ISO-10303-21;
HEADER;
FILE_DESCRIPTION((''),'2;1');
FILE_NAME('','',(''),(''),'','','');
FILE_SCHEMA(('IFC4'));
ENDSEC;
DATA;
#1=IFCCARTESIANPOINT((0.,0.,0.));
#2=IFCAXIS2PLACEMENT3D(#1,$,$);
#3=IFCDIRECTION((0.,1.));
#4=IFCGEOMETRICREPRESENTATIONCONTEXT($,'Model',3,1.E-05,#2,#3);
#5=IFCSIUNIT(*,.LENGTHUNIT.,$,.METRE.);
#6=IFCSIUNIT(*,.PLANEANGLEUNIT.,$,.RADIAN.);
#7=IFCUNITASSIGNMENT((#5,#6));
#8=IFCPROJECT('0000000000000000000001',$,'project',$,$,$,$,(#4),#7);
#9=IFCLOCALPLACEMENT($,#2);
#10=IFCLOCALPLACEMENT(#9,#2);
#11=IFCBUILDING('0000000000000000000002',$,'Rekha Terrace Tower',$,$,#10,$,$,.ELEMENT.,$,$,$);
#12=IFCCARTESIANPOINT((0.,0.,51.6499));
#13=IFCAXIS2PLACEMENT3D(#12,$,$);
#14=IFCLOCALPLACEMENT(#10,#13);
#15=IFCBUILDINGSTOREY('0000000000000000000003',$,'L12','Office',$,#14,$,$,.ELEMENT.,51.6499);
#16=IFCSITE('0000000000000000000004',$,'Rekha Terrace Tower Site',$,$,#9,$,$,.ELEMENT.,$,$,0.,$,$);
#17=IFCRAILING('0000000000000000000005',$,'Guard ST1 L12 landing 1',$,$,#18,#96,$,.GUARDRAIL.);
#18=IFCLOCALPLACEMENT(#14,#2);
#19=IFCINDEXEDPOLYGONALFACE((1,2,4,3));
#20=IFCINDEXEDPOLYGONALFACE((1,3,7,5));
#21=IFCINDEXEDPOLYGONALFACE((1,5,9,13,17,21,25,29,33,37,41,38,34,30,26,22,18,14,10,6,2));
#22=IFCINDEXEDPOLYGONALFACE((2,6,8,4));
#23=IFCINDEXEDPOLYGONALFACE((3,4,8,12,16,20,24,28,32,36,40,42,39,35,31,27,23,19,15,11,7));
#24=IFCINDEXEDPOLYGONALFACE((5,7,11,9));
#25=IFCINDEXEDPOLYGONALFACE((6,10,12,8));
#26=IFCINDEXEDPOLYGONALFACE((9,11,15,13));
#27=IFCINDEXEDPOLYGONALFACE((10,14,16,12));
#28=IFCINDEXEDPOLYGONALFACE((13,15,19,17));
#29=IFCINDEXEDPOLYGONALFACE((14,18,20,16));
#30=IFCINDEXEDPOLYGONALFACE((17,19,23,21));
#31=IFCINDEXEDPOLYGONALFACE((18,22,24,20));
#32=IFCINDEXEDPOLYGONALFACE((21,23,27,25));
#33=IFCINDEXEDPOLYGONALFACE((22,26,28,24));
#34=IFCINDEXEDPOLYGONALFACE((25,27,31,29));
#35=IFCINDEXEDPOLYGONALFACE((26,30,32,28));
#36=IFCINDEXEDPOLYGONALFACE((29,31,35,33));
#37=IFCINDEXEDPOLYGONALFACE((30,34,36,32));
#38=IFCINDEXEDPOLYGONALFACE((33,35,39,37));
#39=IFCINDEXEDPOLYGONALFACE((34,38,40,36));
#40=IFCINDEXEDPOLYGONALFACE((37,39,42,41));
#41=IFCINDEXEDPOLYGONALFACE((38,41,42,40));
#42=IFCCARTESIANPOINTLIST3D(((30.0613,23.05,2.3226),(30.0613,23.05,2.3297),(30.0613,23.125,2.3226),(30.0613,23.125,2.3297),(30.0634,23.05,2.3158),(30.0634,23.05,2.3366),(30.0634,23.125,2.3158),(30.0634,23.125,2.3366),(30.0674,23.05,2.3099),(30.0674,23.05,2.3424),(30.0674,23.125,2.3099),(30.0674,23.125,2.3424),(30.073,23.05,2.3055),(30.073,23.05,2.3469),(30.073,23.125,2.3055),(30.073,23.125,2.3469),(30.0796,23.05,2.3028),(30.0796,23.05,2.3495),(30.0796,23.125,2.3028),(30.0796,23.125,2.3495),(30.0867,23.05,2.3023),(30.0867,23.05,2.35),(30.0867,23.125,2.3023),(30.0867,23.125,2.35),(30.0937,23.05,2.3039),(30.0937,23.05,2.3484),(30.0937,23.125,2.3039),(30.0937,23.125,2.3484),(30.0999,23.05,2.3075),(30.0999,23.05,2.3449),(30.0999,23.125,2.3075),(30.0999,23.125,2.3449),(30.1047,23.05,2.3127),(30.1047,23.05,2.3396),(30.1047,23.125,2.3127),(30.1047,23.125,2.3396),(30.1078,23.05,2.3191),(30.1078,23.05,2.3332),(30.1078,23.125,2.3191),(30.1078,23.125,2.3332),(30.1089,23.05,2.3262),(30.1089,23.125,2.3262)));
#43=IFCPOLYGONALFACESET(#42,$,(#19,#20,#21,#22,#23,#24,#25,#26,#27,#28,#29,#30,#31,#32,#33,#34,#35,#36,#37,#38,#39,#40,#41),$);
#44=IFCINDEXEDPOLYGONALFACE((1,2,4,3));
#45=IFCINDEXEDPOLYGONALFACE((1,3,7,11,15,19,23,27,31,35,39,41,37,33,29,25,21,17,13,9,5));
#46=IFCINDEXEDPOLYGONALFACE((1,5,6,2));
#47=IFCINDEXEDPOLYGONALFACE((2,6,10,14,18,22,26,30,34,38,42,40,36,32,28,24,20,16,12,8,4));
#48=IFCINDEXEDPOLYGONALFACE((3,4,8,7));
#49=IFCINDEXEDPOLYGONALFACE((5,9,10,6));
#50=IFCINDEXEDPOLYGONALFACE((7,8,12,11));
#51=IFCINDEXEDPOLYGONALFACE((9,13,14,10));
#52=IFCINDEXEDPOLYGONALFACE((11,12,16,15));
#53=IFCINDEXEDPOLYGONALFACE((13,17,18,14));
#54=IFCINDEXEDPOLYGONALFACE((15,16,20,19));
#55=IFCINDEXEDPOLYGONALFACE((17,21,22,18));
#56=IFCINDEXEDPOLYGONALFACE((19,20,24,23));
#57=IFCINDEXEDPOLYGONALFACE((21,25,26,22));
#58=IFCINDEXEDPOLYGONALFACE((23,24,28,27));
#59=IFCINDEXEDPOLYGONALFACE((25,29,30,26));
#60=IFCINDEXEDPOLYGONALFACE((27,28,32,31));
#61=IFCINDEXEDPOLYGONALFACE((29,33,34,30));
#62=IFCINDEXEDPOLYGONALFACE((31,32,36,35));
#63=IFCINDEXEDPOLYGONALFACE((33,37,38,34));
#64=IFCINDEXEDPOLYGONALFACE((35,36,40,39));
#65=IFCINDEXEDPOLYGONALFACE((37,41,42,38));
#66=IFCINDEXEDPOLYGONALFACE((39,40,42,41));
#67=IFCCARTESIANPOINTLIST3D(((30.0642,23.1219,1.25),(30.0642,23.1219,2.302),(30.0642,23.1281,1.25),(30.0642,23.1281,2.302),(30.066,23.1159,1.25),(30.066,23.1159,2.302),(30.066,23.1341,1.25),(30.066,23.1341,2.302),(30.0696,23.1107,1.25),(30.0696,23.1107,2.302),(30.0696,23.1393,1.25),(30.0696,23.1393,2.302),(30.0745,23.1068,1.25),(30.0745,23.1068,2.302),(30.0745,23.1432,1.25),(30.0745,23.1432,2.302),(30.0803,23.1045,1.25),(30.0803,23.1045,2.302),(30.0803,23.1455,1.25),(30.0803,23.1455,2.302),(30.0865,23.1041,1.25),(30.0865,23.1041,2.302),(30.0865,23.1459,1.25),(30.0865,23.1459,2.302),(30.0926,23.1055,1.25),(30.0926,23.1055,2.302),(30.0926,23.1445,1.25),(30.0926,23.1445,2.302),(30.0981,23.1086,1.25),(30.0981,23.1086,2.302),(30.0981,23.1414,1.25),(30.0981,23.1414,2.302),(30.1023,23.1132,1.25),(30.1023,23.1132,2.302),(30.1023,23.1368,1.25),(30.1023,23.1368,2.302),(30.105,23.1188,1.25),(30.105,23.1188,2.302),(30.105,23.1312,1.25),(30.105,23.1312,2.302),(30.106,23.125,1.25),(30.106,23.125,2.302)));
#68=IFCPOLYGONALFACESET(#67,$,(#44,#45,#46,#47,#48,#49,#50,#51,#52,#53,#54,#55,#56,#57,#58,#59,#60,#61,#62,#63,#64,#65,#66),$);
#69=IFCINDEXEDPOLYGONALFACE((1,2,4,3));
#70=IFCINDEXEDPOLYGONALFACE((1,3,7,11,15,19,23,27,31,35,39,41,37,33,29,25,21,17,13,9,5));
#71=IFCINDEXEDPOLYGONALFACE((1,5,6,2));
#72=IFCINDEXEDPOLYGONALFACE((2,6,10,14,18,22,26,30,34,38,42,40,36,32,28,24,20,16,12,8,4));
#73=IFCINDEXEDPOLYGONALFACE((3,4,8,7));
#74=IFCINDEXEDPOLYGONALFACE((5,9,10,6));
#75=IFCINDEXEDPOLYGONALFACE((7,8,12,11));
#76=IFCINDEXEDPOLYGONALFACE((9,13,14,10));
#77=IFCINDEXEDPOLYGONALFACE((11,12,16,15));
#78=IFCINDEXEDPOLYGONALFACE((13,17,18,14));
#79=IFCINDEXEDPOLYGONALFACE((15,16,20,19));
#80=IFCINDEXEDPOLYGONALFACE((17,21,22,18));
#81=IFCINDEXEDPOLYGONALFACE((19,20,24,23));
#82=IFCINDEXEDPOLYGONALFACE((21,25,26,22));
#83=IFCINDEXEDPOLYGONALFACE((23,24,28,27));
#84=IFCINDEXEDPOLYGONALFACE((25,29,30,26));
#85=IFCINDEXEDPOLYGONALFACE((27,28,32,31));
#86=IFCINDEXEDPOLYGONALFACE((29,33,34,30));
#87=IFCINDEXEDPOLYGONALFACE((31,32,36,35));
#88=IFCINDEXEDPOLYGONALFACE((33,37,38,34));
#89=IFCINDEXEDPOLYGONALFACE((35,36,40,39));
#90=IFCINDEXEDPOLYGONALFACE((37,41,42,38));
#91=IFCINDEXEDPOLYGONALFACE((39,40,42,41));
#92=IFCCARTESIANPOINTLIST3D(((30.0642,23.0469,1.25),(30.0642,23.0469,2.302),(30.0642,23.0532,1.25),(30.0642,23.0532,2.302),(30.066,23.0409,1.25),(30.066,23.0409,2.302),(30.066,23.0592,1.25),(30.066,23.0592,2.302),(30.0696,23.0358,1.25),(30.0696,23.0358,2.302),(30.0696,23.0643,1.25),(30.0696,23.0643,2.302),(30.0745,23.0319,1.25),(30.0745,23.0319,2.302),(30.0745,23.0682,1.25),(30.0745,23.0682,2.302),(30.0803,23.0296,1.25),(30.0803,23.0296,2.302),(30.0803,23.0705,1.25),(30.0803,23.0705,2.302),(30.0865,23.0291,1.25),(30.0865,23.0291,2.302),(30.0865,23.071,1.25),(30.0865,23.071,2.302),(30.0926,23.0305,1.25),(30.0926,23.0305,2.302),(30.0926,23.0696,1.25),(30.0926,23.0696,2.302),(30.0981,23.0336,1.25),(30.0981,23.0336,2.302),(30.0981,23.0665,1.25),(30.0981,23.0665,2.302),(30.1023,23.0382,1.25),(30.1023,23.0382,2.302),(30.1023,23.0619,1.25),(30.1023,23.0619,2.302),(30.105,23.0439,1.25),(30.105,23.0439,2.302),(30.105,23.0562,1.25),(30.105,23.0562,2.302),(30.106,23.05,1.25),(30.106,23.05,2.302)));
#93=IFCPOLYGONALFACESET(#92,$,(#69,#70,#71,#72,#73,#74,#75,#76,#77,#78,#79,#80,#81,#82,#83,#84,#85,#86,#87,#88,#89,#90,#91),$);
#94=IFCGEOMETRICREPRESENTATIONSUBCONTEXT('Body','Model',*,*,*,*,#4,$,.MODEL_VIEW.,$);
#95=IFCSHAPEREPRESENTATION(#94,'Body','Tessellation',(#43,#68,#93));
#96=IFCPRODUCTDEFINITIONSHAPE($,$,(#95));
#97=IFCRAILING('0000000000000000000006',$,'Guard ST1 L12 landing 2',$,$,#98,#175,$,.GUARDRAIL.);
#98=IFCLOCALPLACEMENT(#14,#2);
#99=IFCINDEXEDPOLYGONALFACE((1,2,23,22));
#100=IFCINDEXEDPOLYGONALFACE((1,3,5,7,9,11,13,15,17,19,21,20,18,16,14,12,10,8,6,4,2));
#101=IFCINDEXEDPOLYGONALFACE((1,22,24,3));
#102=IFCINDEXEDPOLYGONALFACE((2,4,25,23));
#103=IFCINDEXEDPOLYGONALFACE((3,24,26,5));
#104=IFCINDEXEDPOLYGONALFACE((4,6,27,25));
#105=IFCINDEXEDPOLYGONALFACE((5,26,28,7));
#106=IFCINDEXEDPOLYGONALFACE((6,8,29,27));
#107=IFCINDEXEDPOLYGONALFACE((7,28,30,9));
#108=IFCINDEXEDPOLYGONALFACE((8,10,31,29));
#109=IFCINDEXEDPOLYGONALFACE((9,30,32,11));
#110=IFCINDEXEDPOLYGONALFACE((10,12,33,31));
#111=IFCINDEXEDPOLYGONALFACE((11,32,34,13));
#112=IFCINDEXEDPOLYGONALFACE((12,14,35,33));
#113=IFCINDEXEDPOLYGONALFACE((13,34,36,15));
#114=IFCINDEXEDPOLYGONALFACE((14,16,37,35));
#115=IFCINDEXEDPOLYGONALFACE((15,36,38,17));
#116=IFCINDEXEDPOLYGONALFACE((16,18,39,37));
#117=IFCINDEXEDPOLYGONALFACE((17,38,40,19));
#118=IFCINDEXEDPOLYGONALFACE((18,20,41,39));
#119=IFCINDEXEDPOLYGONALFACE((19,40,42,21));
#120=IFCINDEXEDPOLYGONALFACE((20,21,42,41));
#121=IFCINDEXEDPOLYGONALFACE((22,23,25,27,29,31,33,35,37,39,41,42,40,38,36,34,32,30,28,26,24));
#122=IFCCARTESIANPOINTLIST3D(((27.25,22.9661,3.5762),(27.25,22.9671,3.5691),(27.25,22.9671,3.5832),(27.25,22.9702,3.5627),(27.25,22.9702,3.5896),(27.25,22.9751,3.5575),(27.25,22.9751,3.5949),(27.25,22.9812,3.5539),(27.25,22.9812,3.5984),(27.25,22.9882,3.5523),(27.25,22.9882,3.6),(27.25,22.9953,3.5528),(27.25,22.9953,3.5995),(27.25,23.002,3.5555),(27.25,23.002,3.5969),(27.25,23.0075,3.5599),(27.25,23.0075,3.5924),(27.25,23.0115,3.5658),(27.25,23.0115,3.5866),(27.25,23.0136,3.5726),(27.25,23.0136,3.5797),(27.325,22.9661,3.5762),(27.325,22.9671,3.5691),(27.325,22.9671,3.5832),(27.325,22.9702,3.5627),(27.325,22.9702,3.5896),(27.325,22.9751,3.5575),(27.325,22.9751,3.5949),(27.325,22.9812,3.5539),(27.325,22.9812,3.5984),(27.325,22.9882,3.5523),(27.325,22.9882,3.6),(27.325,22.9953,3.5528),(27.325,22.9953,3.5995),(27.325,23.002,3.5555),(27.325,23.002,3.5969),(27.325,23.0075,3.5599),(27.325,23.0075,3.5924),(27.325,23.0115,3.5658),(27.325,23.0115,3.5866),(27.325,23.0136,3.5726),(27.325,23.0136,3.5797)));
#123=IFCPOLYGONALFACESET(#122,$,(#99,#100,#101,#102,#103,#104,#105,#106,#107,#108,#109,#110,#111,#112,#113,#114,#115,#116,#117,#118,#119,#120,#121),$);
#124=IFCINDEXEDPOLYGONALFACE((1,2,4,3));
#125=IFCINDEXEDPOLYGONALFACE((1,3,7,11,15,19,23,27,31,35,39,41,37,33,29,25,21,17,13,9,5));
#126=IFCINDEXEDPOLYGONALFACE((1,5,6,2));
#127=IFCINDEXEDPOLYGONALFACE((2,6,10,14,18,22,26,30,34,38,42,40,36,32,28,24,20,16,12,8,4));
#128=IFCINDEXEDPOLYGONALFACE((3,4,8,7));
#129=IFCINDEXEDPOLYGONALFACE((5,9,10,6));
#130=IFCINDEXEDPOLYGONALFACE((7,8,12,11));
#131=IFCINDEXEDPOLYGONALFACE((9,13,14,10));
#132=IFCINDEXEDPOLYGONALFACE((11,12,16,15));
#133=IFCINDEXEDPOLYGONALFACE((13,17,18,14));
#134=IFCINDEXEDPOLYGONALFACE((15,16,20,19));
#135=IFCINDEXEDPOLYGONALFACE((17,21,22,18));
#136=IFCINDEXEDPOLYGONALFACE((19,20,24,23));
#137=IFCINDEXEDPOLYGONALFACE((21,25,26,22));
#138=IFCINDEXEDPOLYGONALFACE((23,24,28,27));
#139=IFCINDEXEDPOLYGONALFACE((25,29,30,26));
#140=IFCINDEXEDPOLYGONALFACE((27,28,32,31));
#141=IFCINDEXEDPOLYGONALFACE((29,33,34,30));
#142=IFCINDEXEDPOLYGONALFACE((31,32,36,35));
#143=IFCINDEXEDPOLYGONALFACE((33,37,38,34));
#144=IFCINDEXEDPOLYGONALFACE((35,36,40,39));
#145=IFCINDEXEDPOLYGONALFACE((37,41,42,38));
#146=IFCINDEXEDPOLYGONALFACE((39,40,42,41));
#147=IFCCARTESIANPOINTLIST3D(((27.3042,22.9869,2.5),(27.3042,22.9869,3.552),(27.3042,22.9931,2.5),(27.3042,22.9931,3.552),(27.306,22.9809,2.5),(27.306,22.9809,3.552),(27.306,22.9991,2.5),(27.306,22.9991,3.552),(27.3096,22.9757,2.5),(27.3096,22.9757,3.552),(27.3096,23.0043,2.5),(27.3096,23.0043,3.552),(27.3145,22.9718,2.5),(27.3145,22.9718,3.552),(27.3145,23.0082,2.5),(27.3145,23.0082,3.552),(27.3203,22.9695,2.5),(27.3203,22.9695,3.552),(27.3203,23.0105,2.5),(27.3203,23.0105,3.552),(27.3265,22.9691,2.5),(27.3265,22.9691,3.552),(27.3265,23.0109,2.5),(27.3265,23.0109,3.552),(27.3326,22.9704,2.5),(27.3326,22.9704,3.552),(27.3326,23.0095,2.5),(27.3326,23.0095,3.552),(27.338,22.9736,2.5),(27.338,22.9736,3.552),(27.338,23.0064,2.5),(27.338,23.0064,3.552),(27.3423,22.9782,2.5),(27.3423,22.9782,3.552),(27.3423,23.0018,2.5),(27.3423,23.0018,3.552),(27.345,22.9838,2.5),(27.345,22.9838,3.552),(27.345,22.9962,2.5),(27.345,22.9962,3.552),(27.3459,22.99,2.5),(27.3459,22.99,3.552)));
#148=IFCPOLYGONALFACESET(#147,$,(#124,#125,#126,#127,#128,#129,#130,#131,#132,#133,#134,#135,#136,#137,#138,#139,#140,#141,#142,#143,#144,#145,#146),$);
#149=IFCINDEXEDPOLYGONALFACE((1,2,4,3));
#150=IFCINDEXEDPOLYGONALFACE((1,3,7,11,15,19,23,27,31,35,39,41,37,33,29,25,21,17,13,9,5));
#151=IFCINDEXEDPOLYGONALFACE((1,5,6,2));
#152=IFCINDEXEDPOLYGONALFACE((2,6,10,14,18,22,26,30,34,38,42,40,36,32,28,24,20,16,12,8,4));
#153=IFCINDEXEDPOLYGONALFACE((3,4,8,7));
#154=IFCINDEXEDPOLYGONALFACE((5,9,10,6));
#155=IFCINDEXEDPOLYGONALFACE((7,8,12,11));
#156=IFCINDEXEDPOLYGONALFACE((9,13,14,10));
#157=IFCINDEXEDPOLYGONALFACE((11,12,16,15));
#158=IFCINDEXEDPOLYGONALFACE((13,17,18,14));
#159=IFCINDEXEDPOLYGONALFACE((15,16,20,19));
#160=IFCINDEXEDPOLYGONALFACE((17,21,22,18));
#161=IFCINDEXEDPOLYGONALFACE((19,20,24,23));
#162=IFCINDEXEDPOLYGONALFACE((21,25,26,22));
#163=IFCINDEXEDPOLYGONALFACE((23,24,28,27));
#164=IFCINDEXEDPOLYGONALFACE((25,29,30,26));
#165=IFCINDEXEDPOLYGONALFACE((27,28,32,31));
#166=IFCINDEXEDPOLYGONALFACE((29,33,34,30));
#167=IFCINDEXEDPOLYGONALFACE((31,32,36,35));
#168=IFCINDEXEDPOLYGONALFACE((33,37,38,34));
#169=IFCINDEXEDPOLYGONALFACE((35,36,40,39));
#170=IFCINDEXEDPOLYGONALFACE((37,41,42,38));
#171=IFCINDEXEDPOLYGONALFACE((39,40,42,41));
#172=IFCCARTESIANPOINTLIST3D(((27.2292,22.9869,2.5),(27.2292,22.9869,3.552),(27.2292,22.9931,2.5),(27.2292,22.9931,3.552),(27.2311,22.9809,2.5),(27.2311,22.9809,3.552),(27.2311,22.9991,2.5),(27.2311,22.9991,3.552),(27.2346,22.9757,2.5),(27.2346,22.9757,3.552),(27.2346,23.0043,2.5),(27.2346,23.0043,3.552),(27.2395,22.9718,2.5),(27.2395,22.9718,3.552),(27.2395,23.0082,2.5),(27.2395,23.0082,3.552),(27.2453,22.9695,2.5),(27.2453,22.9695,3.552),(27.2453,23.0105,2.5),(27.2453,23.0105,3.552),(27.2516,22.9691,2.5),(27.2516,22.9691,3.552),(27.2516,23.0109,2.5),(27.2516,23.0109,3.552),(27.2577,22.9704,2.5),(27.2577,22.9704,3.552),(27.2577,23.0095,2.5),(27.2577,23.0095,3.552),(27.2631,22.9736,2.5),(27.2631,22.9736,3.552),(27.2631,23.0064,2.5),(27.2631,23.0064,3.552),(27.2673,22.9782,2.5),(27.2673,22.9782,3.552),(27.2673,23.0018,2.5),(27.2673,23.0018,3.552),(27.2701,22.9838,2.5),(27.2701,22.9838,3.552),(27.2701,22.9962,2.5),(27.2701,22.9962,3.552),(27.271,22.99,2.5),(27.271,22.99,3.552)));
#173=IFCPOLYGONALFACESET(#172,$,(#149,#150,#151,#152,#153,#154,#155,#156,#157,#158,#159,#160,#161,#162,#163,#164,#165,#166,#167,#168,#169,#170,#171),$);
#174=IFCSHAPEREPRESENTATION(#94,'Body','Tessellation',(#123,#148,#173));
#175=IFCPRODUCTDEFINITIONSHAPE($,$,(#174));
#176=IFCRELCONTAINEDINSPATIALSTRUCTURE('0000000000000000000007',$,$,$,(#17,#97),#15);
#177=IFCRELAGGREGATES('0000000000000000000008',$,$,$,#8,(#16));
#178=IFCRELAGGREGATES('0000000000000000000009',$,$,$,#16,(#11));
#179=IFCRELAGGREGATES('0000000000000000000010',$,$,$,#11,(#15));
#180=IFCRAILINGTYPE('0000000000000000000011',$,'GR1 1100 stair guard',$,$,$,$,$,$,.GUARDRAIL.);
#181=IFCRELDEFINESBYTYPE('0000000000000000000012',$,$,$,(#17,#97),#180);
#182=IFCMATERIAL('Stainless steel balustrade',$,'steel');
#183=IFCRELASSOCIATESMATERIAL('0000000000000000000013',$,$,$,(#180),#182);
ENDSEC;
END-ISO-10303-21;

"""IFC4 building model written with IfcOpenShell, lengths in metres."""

from ifc_helpers import new_model, si_unit, direction, frame, origin, origin_2d, place, context, subcontext, project, spatial, circle, extrude, material, type_object, element, save


model = new_model("IFC4")

# Units and contexts
model_context = context("Model", 3, precision=1e-05, world=origin(), true_north=direction((0.0, 1.0)))
body_context = subcontext(model_context, "Body", "Model", "MODEL_VIEW")
ifc_project = project(units=[si_unit("LENGTHUNIT", "METRE"), si_unit("PLANEANGLEUNIT", "RADIAN")], contexts=[model_context])

# Site, building, storey
site_placement = place(None, origin())
site = spatial("IfcSite", under=ifc_project, at=site_placement, Name="Rekha Terrace Tower Site", CompositionType="ELEMENT", RefElevation=0.0)
building_placement = place(site_placement, origin())
building = spatial("IfcBuilding", under=site, at=building_placement, Name="Rekha Terrace Tower", CompositionType="ELEMENT")
storey_placement = place(building_placement, frame((0.0, 0.0, 51.6499)))
storey = spatial("IfcBuildingStorey", under=building, at=storey_placement, Name="L12", Description="Office", CompositionType="ELEMENT", Elevation=51.6499)

# Railings
ifc_material_1 = material(Name="Stainless steel balustrade", Category="steel")
railing_type_1 = type_object("IfcRailingType", Name="GR1 1100 stair guard", PredefinedType="GUARDRAIL", material=ifc_material_1)
railing_1_placement = place(storey_placement, frame((30.085, 23.125, 1.25)))
element("IfcRailing", 1, at=railing_1_placement, inside=storey, type_object=railing_type_1, Name="Guard ST1 L12 landing 1", PredefinedType="GUARDRAIL", context=body_context, shape_type="SweptSolid", body=[
    extrude(circle(Radius=0.0239, at=origin_2d()), frame((0.0, 0.0, 1.0762), z_axis=(0.0, -1.0, 0.0), x_axis=(1.0, 0.0, 0.0)), (0.0, 0.0, 1.0), 0.075),
    extrude(circle(Radius=0.021, at=origin_2d()), origin(), (0.0, 0.0, 1.0), 1.052),
    extrude(circle(Radius=0.021, at=origin_2d()), frame((0.0, -0.075, 0.0)), (0.0, 0.0, 1.0), 1.052),
])
railing_2_placement = place(storey_placement, frame((27.325, 22.99, 2.5)))
element("IfcRailing", 2, at=railing_2_placement, inside=storey, type_object=railing_type_1, Name="Guard ST1 L12 landing 2", PredefinedType="GUARDRAIL", context=body_context, shape_type="SweptSolid", body=[
    extrude(circle(Radius=0.0239, at=origin_2d()), frame((0.0, 0.0, 1.0762), z_axis=(-1.0, 0.0, 0.0), x_axis=(0.0, -1.0, 0.0)), (0.0, 0.0, 1.0), 0.075),
    extrude(circle(Radius=0.021, at=origin_2d()), origin(), (0.0, 0.0, 1.0), 1.052),
    extrude(circle(Radius=0.021, at=origin_2d()), frame((-0.075, 0.0, 0.0)), (0.0, 0.0, 1.0), 1.052),
])

save(model, "model.ifc")
